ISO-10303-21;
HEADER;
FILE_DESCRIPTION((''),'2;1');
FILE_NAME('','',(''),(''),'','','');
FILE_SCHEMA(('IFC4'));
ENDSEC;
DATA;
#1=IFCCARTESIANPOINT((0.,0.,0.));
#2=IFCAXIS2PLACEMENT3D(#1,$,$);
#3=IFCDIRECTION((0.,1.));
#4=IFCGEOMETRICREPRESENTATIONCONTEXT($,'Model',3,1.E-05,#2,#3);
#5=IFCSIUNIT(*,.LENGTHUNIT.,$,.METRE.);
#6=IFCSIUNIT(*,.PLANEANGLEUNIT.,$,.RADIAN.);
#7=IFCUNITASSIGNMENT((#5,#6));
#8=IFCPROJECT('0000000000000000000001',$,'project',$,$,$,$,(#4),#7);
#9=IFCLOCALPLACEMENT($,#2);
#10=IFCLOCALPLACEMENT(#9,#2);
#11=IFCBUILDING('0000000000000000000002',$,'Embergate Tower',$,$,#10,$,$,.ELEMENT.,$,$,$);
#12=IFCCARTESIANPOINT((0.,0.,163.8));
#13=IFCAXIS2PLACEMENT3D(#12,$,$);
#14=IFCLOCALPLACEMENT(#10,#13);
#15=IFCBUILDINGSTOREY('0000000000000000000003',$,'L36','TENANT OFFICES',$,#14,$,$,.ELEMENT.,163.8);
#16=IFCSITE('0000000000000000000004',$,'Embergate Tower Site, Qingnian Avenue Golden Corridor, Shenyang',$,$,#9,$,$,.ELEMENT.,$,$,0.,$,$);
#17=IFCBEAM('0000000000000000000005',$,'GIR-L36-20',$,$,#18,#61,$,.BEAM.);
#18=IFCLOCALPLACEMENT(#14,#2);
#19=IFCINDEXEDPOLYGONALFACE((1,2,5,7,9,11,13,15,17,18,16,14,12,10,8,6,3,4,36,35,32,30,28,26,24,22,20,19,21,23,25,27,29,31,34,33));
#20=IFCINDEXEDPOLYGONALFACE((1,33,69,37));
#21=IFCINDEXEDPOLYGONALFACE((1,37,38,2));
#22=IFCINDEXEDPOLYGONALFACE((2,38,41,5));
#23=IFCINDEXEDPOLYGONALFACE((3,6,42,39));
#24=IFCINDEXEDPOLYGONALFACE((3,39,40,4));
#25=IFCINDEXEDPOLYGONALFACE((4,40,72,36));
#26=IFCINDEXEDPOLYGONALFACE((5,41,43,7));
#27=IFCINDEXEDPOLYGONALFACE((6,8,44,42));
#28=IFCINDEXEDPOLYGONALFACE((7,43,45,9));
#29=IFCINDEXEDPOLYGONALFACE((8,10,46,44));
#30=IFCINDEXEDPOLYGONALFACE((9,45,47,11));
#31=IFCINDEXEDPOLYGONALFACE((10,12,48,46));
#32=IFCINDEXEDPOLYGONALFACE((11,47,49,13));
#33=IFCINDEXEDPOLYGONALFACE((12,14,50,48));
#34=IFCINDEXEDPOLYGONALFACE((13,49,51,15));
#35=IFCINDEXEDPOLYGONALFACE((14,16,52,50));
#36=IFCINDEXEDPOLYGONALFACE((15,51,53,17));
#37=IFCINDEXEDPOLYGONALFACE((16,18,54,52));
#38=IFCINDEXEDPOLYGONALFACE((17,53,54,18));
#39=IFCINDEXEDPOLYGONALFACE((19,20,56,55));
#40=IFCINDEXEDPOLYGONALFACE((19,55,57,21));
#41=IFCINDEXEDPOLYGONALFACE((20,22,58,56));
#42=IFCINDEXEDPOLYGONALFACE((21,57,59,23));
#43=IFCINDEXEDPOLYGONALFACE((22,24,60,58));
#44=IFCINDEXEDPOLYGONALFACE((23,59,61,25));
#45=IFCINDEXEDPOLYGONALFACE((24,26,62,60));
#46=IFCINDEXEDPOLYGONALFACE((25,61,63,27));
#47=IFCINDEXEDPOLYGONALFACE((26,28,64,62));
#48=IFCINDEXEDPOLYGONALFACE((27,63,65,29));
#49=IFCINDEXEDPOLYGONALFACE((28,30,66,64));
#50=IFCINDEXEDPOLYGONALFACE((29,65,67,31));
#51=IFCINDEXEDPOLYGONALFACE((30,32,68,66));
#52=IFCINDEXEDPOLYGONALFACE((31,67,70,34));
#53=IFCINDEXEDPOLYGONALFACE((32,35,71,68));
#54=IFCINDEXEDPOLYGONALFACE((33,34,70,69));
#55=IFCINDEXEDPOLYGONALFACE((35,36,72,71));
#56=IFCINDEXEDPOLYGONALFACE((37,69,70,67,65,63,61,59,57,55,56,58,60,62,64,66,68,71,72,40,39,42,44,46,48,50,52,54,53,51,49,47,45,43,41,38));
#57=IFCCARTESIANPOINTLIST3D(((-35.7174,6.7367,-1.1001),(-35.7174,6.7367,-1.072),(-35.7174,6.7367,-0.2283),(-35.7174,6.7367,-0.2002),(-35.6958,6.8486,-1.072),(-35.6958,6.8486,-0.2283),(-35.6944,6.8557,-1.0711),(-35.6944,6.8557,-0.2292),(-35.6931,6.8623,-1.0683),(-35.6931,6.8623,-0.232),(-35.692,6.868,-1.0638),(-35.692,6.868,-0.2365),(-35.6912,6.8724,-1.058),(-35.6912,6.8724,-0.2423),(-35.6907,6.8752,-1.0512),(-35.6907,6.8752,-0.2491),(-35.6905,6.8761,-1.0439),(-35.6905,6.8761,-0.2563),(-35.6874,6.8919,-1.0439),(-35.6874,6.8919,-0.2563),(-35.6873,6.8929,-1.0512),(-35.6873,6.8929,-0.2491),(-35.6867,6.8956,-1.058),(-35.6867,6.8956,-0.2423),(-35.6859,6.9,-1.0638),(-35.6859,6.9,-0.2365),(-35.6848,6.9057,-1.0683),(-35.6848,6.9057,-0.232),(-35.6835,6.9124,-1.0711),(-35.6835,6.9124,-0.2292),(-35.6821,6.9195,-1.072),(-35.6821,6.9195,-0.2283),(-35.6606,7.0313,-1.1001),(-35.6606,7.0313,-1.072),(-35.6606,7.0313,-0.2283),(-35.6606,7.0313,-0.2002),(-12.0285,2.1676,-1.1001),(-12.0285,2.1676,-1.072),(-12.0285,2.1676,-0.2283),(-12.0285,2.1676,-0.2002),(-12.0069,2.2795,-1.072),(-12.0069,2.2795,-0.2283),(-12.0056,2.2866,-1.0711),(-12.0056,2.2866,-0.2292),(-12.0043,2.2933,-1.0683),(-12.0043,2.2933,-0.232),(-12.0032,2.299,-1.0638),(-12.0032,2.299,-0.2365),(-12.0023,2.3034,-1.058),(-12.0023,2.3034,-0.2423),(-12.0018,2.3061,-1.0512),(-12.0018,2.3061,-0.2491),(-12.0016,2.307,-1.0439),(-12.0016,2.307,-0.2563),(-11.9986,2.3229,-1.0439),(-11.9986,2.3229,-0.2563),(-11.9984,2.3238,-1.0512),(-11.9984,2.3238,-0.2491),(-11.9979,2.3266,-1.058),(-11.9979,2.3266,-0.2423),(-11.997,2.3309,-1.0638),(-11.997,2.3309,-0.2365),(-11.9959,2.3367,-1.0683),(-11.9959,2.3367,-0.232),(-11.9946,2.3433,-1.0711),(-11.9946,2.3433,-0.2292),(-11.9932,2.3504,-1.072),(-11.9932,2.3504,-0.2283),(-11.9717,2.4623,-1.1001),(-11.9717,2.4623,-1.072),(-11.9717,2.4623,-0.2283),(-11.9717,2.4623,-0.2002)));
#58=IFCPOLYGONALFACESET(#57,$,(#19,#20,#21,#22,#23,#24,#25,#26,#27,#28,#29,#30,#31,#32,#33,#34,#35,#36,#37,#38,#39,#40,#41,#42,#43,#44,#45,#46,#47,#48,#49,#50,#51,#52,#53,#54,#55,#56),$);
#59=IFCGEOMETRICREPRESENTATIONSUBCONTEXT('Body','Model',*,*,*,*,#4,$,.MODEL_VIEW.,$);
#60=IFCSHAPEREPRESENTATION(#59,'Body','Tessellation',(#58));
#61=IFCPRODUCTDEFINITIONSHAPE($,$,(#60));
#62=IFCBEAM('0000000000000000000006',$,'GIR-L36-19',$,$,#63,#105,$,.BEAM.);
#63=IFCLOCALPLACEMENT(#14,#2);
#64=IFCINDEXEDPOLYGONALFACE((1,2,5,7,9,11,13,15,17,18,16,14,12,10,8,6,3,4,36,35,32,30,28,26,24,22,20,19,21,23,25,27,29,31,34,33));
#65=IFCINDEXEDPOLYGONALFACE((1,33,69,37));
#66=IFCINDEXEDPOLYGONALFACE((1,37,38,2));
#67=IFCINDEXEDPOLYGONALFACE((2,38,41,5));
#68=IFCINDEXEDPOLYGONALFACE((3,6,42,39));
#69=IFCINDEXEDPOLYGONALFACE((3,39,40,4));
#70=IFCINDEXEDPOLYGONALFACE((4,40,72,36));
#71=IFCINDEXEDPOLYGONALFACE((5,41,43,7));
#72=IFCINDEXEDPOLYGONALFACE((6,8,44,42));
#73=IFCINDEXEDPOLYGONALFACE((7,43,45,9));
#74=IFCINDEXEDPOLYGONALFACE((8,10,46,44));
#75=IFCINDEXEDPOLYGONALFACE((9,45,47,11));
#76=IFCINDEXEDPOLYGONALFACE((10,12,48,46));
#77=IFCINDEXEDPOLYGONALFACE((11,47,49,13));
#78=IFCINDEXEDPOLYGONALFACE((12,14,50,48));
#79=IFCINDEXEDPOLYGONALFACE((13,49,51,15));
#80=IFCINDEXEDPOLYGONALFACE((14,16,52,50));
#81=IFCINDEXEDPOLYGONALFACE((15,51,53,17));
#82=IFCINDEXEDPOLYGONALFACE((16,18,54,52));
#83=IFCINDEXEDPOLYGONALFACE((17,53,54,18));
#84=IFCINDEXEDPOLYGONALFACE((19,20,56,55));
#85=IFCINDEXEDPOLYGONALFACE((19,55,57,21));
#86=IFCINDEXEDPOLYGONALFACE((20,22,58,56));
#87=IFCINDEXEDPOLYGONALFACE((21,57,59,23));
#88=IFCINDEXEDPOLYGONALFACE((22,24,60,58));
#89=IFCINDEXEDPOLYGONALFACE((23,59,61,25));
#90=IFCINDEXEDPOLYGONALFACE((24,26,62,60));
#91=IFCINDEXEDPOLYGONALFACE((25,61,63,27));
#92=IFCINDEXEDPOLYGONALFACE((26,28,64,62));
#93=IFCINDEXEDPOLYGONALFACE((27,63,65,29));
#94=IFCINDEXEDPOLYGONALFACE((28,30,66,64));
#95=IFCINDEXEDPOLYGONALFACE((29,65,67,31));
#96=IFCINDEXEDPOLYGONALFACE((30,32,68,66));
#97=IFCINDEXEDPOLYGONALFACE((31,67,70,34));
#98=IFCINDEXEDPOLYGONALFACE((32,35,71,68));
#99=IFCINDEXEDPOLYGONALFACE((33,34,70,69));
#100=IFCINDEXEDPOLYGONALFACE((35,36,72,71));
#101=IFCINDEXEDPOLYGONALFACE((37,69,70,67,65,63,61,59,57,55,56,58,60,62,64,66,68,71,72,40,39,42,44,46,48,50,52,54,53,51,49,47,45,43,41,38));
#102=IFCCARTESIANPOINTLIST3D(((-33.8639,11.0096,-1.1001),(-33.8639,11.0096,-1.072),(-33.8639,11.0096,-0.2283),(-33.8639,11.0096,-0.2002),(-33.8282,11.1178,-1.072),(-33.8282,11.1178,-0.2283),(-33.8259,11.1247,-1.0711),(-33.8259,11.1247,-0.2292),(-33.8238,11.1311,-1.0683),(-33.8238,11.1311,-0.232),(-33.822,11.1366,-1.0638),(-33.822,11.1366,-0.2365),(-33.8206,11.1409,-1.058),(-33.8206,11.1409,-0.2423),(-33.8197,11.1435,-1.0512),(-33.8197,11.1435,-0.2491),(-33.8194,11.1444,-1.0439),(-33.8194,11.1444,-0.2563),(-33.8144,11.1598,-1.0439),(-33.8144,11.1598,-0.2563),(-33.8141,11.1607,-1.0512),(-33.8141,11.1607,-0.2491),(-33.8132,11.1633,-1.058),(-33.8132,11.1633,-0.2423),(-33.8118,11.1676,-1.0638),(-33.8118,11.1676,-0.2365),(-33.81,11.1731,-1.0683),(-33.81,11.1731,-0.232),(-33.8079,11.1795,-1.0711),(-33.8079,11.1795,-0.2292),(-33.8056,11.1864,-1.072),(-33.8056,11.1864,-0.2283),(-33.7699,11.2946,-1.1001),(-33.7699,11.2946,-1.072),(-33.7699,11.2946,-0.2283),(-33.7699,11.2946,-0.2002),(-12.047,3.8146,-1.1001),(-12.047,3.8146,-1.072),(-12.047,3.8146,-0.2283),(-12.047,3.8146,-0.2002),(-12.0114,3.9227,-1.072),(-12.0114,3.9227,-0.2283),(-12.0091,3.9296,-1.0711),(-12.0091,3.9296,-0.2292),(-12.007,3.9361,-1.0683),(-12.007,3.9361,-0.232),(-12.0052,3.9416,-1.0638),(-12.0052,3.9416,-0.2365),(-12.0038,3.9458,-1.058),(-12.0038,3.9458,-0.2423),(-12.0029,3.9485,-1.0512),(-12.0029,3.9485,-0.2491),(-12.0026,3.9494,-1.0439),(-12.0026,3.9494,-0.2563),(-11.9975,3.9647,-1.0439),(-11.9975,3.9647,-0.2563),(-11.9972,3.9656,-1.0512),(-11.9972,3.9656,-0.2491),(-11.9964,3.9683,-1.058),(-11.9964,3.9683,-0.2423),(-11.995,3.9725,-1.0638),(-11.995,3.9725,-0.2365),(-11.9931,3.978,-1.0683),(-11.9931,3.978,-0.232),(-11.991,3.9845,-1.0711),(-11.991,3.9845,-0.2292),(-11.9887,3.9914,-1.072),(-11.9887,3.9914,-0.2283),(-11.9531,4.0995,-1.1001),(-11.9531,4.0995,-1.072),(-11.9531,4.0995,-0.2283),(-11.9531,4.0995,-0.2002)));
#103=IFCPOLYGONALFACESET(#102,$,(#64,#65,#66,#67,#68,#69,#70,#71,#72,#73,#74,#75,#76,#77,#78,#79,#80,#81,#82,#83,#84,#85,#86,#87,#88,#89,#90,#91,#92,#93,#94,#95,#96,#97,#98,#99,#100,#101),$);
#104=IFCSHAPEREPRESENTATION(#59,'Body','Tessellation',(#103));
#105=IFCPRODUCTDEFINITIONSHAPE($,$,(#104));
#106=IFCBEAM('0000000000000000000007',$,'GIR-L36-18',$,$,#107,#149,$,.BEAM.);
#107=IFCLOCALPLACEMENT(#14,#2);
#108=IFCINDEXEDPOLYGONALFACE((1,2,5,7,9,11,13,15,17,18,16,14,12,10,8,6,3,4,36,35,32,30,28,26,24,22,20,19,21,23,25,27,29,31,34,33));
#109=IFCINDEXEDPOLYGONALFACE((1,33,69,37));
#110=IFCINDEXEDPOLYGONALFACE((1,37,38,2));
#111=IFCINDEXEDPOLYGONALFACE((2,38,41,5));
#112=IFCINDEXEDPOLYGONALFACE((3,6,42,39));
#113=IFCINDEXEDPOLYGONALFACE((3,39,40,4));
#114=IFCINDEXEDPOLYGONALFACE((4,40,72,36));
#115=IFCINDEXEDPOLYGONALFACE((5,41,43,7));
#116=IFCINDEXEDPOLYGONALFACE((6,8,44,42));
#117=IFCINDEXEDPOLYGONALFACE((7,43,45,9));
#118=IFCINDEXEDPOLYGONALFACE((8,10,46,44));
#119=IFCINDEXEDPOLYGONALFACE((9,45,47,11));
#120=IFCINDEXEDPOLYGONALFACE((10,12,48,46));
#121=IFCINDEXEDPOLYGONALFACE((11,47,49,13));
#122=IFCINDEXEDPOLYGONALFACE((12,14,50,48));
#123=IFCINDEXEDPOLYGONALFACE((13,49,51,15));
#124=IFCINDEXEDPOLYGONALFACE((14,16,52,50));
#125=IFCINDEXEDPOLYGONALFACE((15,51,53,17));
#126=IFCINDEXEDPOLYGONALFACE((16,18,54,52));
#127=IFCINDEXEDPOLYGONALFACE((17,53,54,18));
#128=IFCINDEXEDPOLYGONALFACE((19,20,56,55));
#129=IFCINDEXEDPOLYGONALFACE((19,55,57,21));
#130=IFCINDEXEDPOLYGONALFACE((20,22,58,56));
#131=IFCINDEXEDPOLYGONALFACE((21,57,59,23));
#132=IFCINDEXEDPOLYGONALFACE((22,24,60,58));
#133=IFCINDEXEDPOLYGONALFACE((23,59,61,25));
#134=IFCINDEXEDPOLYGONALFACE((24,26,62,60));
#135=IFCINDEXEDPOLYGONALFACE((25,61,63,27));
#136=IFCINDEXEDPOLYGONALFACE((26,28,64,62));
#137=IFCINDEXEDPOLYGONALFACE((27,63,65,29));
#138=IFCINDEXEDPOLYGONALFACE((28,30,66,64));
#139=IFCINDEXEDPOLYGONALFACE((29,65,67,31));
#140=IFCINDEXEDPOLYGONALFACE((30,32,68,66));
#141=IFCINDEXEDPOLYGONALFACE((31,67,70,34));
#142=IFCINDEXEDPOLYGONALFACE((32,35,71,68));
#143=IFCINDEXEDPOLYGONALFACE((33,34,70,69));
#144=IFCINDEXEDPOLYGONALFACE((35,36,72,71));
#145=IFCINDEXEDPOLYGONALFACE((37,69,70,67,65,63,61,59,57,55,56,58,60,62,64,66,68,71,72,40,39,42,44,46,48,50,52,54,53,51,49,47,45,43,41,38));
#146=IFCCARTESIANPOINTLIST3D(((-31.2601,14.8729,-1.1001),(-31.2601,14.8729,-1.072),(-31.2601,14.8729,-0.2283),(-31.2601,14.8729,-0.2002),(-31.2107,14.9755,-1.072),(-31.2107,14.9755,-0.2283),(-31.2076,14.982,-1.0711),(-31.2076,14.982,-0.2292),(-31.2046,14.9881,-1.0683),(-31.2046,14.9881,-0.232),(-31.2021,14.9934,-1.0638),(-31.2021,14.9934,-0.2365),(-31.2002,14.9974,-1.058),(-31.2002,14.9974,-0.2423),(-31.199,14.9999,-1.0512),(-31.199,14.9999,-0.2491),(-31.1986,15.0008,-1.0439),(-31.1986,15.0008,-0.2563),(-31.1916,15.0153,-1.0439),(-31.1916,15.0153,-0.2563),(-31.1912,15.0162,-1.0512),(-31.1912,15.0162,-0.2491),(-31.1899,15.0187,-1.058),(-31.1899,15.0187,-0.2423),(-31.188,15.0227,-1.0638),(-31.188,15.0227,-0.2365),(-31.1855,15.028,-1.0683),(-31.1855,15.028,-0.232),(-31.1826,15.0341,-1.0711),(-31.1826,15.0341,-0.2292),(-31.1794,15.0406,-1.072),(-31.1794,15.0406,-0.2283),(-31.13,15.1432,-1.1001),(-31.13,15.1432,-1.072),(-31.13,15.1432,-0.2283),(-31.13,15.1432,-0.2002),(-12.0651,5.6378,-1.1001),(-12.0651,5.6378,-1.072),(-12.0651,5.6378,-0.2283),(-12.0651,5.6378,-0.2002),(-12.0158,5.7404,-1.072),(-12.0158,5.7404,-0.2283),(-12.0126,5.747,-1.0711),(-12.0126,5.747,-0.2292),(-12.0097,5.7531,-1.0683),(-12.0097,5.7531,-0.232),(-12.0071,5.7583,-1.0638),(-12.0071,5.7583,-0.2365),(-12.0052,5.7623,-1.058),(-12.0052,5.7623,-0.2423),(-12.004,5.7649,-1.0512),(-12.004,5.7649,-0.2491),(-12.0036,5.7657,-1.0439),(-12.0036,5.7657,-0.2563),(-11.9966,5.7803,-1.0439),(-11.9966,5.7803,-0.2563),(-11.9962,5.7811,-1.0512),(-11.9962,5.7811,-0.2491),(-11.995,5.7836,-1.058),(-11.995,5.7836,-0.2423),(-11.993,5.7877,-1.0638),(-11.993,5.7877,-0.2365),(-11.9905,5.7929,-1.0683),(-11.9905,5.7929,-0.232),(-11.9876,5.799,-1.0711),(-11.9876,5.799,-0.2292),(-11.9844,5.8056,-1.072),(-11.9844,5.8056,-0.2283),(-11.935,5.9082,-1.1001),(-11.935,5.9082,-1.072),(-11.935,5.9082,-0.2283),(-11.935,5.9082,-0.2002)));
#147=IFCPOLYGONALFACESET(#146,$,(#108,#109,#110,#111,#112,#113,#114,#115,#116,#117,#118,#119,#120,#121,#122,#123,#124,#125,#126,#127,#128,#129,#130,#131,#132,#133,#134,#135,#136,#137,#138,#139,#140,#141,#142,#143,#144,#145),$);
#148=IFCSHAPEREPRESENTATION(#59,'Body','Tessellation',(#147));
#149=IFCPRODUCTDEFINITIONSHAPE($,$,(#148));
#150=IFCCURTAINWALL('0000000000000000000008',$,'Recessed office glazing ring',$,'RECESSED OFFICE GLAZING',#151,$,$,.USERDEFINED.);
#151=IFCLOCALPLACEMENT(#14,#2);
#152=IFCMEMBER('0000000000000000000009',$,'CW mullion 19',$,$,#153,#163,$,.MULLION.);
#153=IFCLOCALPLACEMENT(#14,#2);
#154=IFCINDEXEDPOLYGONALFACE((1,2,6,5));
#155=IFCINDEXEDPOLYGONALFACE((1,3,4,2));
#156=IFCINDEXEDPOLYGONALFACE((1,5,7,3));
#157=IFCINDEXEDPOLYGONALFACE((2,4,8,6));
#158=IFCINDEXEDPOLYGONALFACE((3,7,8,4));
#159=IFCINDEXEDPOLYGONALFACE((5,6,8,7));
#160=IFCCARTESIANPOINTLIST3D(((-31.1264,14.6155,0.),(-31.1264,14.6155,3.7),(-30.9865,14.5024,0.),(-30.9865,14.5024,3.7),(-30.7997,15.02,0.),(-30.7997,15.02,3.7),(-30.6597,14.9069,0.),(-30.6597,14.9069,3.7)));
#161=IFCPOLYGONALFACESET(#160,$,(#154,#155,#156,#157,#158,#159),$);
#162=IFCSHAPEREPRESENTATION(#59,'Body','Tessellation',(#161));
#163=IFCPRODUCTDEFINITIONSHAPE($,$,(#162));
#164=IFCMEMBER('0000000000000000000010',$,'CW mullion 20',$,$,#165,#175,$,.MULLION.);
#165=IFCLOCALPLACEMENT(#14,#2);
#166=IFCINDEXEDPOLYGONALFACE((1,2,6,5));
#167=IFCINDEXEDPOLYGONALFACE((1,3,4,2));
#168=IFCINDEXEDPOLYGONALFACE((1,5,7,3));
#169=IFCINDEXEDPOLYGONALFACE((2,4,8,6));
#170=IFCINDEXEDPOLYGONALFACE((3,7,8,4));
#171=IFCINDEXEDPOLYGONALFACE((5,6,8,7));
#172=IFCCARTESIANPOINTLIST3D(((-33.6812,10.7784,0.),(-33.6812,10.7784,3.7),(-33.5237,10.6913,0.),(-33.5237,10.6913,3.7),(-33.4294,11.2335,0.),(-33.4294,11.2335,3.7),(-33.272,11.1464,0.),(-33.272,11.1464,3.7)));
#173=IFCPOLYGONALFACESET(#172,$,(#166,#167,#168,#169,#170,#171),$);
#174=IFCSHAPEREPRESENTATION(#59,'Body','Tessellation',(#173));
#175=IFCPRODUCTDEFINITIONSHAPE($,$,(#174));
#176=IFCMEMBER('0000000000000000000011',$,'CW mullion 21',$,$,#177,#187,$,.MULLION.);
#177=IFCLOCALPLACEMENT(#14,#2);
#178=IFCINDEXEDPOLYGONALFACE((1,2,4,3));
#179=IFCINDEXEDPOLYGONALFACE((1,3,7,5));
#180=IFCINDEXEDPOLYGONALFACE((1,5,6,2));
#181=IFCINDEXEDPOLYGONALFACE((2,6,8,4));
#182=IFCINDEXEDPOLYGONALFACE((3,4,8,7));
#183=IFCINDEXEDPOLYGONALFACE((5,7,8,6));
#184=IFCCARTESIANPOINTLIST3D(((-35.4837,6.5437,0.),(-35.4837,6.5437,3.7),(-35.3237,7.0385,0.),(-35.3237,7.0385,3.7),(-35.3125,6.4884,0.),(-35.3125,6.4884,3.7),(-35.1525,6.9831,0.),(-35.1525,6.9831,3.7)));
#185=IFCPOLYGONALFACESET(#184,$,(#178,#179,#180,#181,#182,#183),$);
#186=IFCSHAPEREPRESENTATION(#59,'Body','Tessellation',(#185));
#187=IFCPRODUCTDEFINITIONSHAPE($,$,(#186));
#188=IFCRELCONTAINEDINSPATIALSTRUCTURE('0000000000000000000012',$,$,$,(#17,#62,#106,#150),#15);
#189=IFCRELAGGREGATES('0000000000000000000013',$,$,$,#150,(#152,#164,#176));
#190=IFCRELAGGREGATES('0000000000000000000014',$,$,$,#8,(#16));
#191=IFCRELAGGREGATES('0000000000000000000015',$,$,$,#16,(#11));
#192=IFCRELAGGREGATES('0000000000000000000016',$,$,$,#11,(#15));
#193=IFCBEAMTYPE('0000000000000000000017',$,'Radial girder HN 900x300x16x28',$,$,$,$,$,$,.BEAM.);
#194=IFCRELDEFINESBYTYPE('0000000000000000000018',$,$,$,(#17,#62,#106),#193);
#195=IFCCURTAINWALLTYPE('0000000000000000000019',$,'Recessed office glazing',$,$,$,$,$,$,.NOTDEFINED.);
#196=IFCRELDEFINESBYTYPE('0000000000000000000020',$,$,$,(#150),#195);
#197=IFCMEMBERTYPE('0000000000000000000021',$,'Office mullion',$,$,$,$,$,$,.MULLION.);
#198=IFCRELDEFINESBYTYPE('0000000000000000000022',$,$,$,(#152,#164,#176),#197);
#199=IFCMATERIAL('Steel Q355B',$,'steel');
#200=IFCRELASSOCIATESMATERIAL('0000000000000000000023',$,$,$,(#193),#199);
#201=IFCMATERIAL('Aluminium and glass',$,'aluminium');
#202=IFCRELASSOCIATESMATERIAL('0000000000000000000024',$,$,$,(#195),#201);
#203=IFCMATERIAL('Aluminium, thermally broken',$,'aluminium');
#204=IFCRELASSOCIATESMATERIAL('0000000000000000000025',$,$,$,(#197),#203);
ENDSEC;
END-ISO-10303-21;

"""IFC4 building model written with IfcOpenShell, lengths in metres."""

from ifc_helpers import new_model, si_unit, direction, frame, origin, origin_2d, place, context, subcontext, project, spatial, rectangle, i_section, extrude, source, transform, mapped, material, material_profile, profile_set, type_object, element, aggregate, save


model = new_model("IFC4")

# Units and contexts
model_context = context("Model", 3, precision=1e-05, world=origin(), true_north=direction((0.0, 1.0)))
body_context = subcontext(model_context, "Body", "Model", "MODEL_VIEW")
ifc_project = project(units=[si_unit("LENGTHUNIT", "METRE"), si_unit("PLANEANGLEUNIT", "RADIAN")], contexts=[model_context])

# Site, building, storey
site_placement = place(None, origin())
site = spatial("IfcSite", under=ifc_project, at=site_placement, Name="Embergate Tower Site, Qingnian Avenue Golden Corridor, Shenyang", CompositionType="ELEMENT", RefElevation=0.0)
building_placement = place(site_placement, origin())
building = spatial("IfcBuilding", under=site, at=building_placement, Name="Embergate Tower", CompositionType="ELEMENT")
storey_placement = place(building_placement, frame((0.0, 0.0, 163.8)))
storey = spatial("IfcBuildingStorey", under=building, at=storey_placement, Name="L36", Description="TENANT OFFICES", CompositionType="ELEMENT", Elevation=163.8)

# Beams
ifc_material_1 = material(Name="Steel Q355B", Category="steel")
ifc_material_profile_1 = material_profile(ifc_material_1, i_section(OverallWidth=0.3, OverallDepth=0.8999, WebThickness=0.0161, FlangeThickness=0.0281, FilletRadius=0.0281, at=origin_2d()), Name="HN 900x300x16x28")
ifc_profile_set_1 = profile_set([ifc_material_profile_1], Name="Steel Q355 grade B")
beam_type_1 = type_object("IfcBeamType", Name="Radial girder HN 900x300x16x28", PredefinedType="BEAM", material=ifc_profile_set_1)
shared_shape_1 = source(origin(), body_context, "Body", "SweptSolid", [
    extrude(i_section(OverallWidth=0.3, OverallDepth=0.8999, WebThickness=0.0161, FlangeThickness=0.0281, FilletRadius=0.0281, at=origin_2d()), origin(), (0.0, 0.0, 1.0), 24.1255),
])
beam_1_placement = place(storey_placement, frame((-35.689, 6.884, -0.6501), z_axis=(0.981902, -0.189388, 0.0), x_axis=(0.189388, 0.981902, 0.0)))
element("IfcBeam", 1, at=beam_1_placement, inside=storey, type_object=beam_type_1, Name="GIR-L36-20", PredefinedType="BEAM", context=body_context, shape_type="MappedRepresentation", body=[
    mapped(shared_shape_1, transform((0.0, 0.0, 0.0))),
])
shared_shape_2 = source(origin(), body_context, "Body", "SweptSolid", [
    extrude(i_section(OverallWidth=0.3, OverallDepth=0.8999, WebThickness=0.0161, FlangeThickness=0.0281, FilletRadius=0.0281, at=origin_2d()), origin(), (0.0, 0.0, 1.0), 22.9727),
])
beam_2_placement = place(storey_placement, frame((-33.8169, 11.1521, -0.6501), z_axis=(0.949687, -0.313201, 0.0), x_axis=(0.313201, 0.949687, 0.0)))
element("IfcBeam", 2, at=beam_2_placement, inside=storey, type_object=beam_type_1, Name="GIR-L36-19", PredefinedType="BEAM", context=body_context, shape_type="MappedRepresentation", body=[
    mapped(shared_shape_2, transform((0.0, 0.0, 0.0))),
])
shared_shape_3 = source(origin(), body_context, "Body", "SweptSolid", [
    extrude(i_section(OverallWidth=0.3, OverallDepth=0.8999, WebThickness=0.0161, FlangeThickness=0.0281, FilletRadius=0.0281, at=origin_2d()), origin(), (0.0, 0.0, 1.0), 21.301),
])
beam_3_placement = place(storey_placement, frame((-31.1951, 15.0081, -0.6501), z_axis=(0.901129, -0.43355, 0.0), x_axis=(0.43355, 0.901129, 0.0)))
element("IfcBeam", 3, at=beam_3_placement, inside=storey, type_object=beam_type_1, Name="GIR-L36-18", PredefinedType="BEAM", context=body_context, shape_type="MappedRepresentation", body=[
    mapped(shared_shape_3, transform((0.0, 0.0, 0.0))),
])

# Curtain wall, members
ifc_material_2 = material(Name="Aluminium and glass", Category="aluminium")
curtain_wall_type = type_object("IfcCurtainWallType", Name="Recessed office glazing", PredefinedType="NOTDEFINED", material=ifc_material_2)
curtain_wall_placement = place(storey_placement, origin())
curtain_wall = element("IfcCurtainWall", 4, at=curtain_wall_placement, inside=storey, type_object=curtain_wall_type, Name="Recessed office glazing ring", ObjectType="RECESSED OFFICE GLAZING", PredefinedType="USERDEFINED")
ifc_material_3 = material(Name="Aluminium, thermally broken", Category="aluminium")
ifc_material_profile_2 = material_profile(ifc_material_3, rectangle(XDim=0.1799, YDim=0.52, at=origin_2d()), Name="AL 520x180")
ifc_profile_set_2 = profile_set([ifc_material_profile_2], Name="Aluminium, thermally broken")
member_type_1 = type_object("IfcMemberType", Name="Office mullion", PredefinedType="MULLION", material=ifc_profile_set_2)
shared_shape_4 = source(origin(), body_context, "Body", "SweptSolid", [
    extrude(rectangle(XDim=0.1799, YDim=0.52, at=origin_2d()), origin(), (0.0, 0.0, 1.0), 3.7),
])
member_1_placement = place(storey_placement, frame((-30.8931, 14.7612, 0.0), z_axis=(0.0, 0.0, 1.0), x_axis=(0.777873, -0.628422, 0.0)))
member_1 = element("IfcMember", 5, at=member_1_placement, type_object=member_type_1, Name="CW mullion 19", PredefinedType="MULLION", context=body_context, shape_type="MappedRepresentation", body=[
    mapped(shared_shape_4, transform((0.0, 0.0, 0.0))),
])
member_2_placement = place(storey_placement, frame((-33.4766, 10.9624, 0.0), z_axis=(0.0, 0.0, 1.0), x_axis=(0.875002, -0.484119, 0.0)))
member_2 = element("IfcMember", 6, at=member_2_placement, type_object=member_type_1, Name="CW mullion 20", PredefinedType="MULLION", context=body_context, shape_type="MappedRepresentation", body=[
    mapped(shared_shape_4, transform((0.0, 0.0, 0.0))),
])
member_3_placement = place(storey_placement, frame((-35.3181, 6.7634, 0.0), z_axis=(0.0, 0.0, 1.0), x_axis=(0.951498, -0.307656, 0.0)))
member_3 = element("IfcMember", 7, at=member_3_placement, type_object=member_type_1, Name="CW mullion 21", PredefinedType="MULLION", context=body_context, shape_type="MappedRepresentation", body=[
    mapped(shared_shape_4, transform((0.0, 0.0, 0.0))),
])
aggregate(curtain_wall, [member_1, member_2, member_3])

save(model, "model.ifc")
